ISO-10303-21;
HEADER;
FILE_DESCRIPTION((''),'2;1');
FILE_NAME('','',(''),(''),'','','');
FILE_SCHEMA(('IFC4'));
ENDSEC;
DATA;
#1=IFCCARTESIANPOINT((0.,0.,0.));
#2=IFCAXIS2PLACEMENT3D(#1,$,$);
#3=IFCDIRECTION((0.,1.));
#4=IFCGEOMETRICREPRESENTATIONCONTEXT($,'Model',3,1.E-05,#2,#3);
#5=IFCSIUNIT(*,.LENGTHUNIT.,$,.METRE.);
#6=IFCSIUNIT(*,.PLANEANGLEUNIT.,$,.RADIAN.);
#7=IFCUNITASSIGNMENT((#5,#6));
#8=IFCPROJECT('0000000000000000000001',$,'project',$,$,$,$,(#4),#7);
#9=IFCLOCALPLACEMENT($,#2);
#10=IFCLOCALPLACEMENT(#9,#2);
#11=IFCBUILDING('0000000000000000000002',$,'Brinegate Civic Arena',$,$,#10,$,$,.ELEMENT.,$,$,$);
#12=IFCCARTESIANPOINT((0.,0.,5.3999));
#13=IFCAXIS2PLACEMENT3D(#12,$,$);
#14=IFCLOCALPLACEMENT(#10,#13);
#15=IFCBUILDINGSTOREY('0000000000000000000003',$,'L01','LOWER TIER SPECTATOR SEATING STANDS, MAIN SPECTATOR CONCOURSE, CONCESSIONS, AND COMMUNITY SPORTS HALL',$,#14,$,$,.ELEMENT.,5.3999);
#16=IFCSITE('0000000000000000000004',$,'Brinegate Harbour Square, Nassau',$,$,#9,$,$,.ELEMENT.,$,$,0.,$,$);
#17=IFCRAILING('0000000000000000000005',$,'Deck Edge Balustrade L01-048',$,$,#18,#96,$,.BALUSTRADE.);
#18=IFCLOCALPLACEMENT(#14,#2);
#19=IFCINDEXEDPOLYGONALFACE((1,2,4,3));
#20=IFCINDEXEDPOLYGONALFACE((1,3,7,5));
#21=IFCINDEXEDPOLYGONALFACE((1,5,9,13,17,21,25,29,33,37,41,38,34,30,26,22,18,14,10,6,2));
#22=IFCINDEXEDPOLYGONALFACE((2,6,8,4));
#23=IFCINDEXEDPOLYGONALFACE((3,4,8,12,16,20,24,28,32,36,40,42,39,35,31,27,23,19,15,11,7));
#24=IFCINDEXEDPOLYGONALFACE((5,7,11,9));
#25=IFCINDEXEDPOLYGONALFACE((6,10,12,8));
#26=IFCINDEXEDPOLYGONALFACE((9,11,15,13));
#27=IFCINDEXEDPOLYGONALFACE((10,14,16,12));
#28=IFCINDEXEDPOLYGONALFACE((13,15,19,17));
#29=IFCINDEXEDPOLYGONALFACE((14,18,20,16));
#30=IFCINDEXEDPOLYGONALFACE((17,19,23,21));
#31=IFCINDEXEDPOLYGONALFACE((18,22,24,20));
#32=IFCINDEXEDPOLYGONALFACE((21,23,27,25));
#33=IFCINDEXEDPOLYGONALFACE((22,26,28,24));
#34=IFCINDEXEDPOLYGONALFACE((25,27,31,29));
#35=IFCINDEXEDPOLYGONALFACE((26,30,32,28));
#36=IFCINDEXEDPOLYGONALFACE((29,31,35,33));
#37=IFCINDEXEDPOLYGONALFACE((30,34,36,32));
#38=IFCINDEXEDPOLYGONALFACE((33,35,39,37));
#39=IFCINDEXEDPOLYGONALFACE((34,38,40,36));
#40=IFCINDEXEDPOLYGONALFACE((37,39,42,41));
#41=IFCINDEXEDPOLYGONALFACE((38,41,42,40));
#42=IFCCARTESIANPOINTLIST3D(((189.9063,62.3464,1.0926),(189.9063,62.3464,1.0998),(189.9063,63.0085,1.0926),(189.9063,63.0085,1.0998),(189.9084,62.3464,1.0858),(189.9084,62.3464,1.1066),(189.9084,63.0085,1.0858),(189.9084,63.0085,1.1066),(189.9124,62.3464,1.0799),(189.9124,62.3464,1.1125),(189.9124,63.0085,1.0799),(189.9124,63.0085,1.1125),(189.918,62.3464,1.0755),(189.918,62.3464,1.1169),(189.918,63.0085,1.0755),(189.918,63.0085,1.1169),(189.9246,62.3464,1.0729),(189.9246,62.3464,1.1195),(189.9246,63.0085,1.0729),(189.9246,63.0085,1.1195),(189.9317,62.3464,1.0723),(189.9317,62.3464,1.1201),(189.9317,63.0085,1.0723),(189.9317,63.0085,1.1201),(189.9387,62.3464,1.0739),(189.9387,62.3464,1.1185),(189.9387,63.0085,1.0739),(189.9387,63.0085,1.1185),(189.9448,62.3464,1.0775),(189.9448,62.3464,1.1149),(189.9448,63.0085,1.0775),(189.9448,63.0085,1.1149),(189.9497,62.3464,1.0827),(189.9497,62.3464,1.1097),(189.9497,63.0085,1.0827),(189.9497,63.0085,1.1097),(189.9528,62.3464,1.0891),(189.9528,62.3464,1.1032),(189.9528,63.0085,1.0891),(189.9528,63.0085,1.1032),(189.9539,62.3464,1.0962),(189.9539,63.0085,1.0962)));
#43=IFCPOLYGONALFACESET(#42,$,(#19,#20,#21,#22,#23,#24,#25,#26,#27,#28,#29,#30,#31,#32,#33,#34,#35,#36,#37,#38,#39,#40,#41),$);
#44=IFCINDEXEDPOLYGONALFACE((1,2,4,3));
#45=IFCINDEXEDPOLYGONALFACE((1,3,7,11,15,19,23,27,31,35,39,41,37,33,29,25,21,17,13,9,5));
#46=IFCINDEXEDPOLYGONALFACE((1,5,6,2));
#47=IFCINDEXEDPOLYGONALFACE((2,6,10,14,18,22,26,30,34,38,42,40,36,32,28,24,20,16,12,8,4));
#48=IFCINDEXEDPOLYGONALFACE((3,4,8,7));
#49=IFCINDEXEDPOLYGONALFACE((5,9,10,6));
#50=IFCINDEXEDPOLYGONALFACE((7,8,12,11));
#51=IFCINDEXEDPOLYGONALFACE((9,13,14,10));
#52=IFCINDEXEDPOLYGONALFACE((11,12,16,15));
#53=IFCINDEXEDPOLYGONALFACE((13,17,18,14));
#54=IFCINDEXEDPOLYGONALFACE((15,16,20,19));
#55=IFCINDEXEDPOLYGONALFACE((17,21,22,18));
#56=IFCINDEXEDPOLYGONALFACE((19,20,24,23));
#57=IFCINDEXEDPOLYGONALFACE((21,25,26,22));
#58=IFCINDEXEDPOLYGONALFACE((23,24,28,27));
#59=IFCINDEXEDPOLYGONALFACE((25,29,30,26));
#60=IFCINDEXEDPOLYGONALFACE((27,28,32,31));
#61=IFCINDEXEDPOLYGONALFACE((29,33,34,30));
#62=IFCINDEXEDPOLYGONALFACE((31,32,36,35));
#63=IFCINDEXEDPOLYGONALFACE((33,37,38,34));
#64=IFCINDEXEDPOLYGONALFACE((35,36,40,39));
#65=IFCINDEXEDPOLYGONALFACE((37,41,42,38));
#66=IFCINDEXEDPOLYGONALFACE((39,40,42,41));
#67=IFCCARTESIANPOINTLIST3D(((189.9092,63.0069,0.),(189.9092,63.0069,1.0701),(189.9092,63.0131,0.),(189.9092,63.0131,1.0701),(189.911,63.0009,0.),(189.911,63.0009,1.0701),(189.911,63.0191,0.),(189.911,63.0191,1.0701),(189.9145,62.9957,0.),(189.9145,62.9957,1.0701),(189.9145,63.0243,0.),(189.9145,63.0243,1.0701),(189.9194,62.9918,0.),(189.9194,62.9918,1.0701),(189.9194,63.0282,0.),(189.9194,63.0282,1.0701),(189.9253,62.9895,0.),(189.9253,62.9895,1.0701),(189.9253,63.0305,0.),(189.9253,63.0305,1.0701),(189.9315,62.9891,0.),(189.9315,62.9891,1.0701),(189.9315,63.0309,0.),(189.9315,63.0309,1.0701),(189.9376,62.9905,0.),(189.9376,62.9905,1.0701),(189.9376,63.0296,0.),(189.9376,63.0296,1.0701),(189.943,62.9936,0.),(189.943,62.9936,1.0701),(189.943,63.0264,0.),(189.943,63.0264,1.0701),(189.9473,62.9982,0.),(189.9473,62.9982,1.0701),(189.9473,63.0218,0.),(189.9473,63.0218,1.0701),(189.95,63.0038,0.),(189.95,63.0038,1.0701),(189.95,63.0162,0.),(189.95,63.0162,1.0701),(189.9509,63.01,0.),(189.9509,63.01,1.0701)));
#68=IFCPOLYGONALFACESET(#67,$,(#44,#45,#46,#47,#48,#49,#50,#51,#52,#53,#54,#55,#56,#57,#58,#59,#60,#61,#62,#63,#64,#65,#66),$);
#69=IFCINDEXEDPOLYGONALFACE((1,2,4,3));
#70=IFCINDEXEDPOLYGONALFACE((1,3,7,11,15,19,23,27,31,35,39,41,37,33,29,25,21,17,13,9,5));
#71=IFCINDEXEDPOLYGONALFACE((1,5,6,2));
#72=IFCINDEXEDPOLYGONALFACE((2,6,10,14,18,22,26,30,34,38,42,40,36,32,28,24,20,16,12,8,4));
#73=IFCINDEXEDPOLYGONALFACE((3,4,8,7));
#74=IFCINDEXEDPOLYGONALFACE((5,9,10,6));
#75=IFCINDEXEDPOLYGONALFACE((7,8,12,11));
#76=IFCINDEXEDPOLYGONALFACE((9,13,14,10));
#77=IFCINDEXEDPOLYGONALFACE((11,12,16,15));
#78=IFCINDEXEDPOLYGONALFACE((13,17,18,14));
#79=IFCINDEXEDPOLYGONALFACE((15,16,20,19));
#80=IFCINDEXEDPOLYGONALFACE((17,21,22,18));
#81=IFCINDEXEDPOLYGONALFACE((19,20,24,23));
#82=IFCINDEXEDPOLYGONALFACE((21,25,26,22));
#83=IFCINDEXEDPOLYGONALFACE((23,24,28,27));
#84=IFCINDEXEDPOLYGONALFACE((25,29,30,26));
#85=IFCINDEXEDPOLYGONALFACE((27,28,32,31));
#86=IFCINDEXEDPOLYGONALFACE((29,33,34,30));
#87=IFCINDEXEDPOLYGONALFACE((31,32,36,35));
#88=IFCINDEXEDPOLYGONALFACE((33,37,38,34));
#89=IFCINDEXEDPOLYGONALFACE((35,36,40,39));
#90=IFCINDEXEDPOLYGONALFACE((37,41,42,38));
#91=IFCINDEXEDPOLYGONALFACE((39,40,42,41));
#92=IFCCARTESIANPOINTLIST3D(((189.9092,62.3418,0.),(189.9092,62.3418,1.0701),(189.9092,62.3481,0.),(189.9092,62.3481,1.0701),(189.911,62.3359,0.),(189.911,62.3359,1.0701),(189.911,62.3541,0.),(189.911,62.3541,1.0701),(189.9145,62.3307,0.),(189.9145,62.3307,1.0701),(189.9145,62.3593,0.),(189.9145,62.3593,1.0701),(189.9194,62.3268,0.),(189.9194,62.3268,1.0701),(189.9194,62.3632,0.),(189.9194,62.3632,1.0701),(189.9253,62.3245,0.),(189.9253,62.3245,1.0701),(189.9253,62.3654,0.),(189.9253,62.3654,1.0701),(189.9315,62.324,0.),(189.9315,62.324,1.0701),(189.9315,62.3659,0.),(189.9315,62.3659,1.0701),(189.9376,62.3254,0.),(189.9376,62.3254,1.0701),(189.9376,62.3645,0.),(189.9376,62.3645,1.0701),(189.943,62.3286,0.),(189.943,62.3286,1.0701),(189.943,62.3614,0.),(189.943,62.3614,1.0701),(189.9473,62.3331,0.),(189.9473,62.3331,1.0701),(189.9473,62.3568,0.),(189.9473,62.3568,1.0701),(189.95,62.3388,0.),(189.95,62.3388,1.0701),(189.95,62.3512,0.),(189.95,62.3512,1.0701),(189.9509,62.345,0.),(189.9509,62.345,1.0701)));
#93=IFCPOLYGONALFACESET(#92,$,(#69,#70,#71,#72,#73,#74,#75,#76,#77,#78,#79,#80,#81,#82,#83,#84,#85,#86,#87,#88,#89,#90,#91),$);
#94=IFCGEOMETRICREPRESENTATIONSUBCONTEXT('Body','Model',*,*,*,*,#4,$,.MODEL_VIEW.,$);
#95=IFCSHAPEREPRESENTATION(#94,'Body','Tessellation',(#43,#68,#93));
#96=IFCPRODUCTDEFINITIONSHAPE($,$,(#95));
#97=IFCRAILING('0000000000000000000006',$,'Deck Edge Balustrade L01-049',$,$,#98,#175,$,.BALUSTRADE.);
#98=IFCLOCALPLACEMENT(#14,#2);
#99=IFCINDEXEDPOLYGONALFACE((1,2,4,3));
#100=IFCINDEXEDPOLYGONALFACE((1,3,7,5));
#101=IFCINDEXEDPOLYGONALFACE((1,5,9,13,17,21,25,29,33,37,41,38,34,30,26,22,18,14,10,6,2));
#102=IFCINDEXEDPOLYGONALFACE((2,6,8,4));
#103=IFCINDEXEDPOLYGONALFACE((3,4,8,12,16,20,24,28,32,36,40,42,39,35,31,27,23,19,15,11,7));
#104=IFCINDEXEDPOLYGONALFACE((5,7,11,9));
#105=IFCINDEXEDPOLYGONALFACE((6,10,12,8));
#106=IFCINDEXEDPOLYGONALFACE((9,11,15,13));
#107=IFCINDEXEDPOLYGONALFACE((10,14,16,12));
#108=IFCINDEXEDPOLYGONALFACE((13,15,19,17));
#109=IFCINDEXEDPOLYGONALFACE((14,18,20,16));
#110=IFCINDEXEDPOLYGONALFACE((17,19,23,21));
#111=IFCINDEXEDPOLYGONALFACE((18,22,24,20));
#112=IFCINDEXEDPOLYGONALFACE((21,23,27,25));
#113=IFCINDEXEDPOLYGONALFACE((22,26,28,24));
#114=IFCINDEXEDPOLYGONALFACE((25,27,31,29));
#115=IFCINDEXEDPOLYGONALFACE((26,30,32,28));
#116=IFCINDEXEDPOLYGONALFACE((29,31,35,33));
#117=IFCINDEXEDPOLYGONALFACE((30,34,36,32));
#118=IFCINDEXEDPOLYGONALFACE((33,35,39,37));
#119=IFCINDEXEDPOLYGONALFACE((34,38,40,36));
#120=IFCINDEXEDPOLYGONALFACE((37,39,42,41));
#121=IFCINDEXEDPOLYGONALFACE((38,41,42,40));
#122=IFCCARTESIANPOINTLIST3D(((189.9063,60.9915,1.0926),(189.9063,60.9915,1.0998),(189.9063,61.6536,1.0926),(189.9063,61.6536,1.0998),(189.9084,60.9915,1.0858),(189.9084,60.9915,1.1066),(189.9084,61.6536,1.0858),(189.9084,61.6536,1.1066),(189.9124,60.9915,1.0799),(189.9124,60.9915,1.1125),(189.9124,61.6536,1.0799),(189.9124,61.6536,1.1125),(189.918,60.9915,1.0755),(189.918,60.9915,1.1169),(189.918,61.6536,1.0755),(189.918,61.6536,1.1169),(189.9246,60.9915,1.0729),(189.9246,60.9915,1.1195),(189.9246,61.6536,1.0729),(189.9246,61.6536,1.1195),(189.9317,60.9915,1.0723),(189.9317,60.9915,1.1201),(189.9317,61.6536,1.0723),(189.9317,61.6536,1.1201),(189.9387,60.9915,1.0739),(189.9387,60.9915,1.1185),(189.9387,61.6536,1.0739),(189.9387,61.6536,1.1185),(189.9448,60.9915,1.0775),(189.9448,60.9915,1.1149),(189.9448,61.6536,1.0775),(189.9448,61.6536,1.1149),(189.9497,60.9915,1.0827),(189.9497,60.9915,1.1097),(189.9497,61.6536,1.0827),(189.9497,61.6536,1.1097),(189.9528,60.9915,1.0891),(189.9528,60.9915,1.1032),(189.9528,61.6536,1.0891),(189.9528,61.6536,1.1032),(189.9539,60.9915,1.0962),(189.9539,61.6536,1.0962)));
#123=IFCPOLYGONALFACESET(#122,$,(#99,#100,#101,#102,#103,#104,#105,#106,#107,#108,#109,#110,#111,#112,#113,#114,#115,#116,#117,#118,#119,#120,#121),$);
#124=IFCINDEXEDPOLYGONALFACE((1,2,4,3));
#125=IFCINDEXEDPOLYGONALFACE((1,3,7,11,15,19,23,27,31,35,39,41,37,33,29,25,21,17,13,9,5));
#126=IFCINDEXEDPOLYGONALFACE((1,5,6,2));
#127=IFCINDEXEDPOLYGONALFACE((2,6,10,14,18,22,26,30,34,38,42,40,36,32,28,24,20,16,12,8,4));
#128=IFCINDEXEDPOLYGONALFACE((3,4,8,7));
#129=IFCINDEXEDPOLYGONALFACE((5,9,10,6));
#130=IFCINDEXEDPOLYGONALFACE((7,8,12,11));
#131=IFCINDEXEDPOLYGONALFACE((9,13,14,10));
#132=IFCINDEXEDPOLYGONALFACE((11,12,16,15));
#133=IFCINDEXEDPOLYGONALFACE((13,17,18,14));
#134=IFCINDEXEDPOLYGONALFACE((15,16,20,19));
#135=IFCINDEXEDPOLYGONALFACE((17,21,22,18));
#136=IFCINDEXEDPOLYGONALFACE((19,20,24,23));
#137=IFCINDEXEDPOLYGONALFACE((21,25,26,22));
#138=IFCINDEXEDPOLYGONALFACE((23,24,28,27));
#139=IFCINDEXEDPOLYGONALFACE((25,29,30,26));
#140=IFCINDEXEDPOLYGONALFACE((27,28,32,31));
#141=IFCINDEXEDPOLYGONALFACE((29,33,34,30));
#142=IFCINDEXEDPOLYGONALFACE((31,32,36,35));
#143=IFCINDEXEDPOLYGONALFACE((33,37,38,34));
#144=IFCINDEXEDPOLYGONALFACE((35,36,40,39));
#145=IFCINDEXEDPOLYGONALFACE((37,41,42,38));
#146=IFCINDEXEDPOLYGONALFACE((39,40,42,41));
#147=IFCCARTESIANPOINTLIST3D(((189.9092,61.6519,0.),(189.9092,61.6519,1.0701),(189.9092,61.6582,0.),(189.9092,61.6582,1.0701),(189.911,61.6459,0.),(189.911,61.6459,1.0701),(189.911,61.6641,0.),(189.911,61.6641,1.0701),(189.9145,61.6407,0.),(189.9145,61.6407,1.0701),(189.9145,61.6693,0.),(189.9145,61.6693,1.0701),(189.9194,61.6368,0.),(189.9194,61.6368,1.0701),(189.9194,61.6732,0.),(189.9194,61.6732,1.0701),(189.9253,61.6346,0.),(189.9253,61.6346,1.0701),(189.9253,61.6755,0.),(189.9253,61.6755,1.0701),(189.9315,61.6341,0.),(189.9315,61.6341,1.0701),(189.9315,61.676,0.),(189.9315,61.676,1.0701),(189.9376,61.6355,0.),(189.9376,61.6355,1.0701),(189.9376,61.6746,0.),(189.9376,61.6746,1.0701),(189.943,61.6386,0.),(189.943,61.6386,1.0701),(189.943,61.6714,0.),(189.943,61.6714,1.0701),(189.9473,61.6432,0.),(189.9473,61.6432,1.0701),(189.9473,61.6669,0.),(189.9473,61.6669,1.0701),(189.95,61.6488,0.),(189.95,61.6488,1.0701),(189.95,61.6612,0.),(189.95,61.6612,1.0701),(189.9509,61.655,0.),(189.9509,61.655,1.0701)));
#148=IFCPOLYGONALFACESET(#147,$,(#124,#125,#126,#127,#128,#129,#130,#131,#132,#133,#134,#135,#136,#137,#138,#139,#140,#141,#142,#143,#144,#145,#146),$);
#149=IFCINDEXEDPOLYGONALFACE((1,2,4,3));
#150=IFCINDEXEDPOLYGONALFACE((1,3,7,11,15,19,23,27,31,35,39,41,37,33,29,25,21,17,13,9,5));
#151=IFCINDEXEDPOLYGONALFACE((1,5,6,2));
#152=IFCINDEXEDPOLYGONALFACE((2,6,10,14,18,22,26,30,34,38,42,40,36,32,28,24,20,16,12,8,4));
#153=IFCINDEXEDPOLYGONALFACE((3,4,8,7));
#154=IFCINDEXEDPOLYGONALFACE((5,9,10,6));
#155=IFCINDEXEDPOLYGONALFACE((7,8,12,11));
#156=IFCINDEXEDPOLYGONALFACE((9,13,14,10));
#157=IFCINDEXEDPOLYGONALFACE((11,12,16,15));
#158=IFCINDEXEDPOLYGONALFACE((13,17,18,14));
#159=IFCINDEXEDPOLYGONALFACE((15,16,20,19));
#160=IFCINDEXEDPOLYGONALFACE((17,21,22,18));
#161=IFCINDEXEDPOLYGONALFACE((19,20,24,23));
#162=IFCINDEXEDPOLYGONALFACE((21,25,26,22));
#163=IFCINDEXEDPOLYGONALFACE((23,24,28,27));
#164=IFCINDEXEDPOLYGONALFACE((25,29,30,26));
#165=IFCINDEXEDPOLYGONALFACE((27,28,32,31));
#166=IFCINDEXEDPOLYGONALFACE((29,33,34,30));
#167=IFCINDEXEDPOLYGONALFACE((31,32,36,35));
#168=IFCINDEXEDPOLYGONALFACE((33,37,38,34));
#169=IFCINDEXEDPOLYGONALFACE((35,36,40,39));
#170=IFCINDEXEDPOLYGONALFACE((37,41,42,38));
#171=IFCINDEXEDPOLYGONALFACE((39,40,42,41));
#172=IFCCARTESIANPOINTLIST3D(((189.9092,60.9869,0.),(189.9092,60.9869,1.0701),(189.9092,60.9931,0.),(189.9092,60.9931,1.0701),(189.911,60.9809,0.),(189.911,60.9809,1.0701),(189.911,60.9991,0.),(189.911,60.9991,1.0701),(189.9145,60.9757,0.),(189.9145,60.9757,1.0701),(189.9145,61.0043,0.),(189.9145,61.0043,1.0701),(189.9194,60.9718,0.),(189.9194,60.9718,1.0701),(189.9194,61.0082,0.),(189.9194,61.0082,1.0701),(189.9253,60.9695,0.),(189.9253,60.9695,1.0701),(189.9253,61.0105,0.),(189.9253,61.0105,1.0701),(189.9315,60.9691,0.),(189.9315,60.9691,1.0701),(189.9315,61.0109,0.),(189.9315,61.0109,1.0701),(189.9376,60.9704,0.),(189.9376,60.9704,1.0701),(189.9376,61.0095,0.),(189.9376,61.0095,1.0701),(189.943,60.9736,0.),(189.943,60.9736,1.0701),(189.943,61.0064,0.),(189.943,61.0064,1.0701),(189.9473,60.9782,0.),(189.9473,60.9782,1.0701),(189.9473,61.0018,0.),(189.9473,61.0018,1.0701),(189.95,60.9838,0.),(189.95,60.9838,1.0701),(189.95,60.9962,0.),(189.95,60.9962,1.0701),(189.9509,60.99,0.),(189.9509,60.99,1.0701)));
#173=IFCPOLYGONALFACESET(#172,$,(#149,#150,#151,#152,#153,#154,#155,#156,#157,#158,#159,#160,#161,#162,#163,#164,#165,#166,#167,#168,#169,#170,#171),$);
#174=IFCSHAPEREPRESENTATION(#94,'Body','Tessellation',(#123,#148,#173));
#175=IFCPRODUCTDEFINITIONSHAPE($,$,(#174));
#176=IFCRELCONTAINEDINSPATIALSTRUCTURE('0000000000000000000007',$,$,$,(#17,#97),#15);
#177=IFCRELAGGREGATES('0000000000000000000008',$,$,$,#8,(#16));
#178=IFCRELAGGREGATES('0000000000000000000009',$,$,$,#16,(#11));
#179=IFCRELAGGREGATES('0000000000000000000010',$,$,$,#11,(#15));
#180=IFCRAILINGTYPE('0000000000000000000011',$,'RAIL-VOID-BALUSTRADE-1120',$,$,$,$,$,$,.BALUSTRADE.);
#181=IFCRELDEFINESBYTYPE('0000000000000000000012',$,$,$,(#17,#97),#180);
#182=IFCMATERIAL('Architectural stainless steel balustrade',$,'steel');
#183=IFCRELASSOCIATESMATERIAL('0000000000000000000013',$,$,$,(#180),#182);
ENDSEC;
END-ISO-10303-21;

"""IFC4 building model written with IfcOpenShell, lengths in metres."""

from ifc_helpers import new_model, si_unit, direction, frame, origin, origin_2d, place, context, subcontext, project, spatial, circle, extrude, material, type_object, element, save


model = new_model("IFC4")

# Units and contexts
model_context = context("Model", 3, precision=1e-05, world=origin(), true_north=direction((0.0, 1.0)))
body_context = subcontext(model_context, "Body", "Model", "MODEL_VIEW")
ifc_project = project(units=[si_unit("LENGTHUNIT", "METRE"), si_unit("PLANEANGLEUNIT", "RADIAN")], contexts=[model_context])

# Site, building, storey
site_placement = place(None, origin())
site = spatial("IfcSite", under=ifc_project, at=site_placement, Name="Brinegate Harbour Square, Nassau", CompositionType="ELEMENT", RefElevation=0.0)
building_placement = place(site_placement, origin())
building = spatial("IfcBuilding", under=site, at=building_placement, Name="Brinegate Civic Arena", CompositionType="ELEMENT")
storey_placement = place(building_placement, frame((0.0, 0.0, 5.3999)))
storey = spatial("IfcBuildingStorey", under=building, at=storey_placement, Name="L01", Description="LOWER TIER SPECTATOR SEATING STANDS, MAIN SPECTATOR CONCOURSE, CONCESSIONS, AND COMMUNITY SPORTS HALL", CompositionType="ELEMENT", Elevation=5.3999)

# Railings
ifc_material_1 = material(Name="Architectural stainless steel balustrade", Category="steel")
railing_type = type_object("IfcRailingType", Name="RAIL-VOID-BALUSTRADE-1120", PredefinedType="BALUSTRADE", material=ifc_material_1)
for number, where, name in (
    (1, (189.9299, 63.01, 0.0), "Deck Edge Balustrade L01-048"),
    (2, (189.9299, 61.655, 0.0), "Deck Edge Balustrade L01-049"),
):
    element("IfcRailing", number, at=place(storey_placement, frame(where)), inside=storey, type_object=railing_type, Name=name, PredefinedType="BALUSTRADE", context=body_context, shape_type="SweptSolid", body=[
        extrude(circle(Radius=0.0239, at=origin_2d()), frame((0.0, -0.0015, 1.0962), z_axis=(0.0, -1.0, 0.0), x_axis=(1.0, 0.0, 0.0)), (0.0, 0.0, 1.0), 0.6621),
        extrude(circle(Radius=0.021, at=origin_2d()), origin(), (0.0, 0.0, 1.0), 1.0701),
        extrude(circle(Radius=0.021, at=origin_2d()), frame((0.0, -0.665, 0.0)), (0.0, 0.0, 1.0), 1.0701),
    ])

save(model, "model.ifc")
